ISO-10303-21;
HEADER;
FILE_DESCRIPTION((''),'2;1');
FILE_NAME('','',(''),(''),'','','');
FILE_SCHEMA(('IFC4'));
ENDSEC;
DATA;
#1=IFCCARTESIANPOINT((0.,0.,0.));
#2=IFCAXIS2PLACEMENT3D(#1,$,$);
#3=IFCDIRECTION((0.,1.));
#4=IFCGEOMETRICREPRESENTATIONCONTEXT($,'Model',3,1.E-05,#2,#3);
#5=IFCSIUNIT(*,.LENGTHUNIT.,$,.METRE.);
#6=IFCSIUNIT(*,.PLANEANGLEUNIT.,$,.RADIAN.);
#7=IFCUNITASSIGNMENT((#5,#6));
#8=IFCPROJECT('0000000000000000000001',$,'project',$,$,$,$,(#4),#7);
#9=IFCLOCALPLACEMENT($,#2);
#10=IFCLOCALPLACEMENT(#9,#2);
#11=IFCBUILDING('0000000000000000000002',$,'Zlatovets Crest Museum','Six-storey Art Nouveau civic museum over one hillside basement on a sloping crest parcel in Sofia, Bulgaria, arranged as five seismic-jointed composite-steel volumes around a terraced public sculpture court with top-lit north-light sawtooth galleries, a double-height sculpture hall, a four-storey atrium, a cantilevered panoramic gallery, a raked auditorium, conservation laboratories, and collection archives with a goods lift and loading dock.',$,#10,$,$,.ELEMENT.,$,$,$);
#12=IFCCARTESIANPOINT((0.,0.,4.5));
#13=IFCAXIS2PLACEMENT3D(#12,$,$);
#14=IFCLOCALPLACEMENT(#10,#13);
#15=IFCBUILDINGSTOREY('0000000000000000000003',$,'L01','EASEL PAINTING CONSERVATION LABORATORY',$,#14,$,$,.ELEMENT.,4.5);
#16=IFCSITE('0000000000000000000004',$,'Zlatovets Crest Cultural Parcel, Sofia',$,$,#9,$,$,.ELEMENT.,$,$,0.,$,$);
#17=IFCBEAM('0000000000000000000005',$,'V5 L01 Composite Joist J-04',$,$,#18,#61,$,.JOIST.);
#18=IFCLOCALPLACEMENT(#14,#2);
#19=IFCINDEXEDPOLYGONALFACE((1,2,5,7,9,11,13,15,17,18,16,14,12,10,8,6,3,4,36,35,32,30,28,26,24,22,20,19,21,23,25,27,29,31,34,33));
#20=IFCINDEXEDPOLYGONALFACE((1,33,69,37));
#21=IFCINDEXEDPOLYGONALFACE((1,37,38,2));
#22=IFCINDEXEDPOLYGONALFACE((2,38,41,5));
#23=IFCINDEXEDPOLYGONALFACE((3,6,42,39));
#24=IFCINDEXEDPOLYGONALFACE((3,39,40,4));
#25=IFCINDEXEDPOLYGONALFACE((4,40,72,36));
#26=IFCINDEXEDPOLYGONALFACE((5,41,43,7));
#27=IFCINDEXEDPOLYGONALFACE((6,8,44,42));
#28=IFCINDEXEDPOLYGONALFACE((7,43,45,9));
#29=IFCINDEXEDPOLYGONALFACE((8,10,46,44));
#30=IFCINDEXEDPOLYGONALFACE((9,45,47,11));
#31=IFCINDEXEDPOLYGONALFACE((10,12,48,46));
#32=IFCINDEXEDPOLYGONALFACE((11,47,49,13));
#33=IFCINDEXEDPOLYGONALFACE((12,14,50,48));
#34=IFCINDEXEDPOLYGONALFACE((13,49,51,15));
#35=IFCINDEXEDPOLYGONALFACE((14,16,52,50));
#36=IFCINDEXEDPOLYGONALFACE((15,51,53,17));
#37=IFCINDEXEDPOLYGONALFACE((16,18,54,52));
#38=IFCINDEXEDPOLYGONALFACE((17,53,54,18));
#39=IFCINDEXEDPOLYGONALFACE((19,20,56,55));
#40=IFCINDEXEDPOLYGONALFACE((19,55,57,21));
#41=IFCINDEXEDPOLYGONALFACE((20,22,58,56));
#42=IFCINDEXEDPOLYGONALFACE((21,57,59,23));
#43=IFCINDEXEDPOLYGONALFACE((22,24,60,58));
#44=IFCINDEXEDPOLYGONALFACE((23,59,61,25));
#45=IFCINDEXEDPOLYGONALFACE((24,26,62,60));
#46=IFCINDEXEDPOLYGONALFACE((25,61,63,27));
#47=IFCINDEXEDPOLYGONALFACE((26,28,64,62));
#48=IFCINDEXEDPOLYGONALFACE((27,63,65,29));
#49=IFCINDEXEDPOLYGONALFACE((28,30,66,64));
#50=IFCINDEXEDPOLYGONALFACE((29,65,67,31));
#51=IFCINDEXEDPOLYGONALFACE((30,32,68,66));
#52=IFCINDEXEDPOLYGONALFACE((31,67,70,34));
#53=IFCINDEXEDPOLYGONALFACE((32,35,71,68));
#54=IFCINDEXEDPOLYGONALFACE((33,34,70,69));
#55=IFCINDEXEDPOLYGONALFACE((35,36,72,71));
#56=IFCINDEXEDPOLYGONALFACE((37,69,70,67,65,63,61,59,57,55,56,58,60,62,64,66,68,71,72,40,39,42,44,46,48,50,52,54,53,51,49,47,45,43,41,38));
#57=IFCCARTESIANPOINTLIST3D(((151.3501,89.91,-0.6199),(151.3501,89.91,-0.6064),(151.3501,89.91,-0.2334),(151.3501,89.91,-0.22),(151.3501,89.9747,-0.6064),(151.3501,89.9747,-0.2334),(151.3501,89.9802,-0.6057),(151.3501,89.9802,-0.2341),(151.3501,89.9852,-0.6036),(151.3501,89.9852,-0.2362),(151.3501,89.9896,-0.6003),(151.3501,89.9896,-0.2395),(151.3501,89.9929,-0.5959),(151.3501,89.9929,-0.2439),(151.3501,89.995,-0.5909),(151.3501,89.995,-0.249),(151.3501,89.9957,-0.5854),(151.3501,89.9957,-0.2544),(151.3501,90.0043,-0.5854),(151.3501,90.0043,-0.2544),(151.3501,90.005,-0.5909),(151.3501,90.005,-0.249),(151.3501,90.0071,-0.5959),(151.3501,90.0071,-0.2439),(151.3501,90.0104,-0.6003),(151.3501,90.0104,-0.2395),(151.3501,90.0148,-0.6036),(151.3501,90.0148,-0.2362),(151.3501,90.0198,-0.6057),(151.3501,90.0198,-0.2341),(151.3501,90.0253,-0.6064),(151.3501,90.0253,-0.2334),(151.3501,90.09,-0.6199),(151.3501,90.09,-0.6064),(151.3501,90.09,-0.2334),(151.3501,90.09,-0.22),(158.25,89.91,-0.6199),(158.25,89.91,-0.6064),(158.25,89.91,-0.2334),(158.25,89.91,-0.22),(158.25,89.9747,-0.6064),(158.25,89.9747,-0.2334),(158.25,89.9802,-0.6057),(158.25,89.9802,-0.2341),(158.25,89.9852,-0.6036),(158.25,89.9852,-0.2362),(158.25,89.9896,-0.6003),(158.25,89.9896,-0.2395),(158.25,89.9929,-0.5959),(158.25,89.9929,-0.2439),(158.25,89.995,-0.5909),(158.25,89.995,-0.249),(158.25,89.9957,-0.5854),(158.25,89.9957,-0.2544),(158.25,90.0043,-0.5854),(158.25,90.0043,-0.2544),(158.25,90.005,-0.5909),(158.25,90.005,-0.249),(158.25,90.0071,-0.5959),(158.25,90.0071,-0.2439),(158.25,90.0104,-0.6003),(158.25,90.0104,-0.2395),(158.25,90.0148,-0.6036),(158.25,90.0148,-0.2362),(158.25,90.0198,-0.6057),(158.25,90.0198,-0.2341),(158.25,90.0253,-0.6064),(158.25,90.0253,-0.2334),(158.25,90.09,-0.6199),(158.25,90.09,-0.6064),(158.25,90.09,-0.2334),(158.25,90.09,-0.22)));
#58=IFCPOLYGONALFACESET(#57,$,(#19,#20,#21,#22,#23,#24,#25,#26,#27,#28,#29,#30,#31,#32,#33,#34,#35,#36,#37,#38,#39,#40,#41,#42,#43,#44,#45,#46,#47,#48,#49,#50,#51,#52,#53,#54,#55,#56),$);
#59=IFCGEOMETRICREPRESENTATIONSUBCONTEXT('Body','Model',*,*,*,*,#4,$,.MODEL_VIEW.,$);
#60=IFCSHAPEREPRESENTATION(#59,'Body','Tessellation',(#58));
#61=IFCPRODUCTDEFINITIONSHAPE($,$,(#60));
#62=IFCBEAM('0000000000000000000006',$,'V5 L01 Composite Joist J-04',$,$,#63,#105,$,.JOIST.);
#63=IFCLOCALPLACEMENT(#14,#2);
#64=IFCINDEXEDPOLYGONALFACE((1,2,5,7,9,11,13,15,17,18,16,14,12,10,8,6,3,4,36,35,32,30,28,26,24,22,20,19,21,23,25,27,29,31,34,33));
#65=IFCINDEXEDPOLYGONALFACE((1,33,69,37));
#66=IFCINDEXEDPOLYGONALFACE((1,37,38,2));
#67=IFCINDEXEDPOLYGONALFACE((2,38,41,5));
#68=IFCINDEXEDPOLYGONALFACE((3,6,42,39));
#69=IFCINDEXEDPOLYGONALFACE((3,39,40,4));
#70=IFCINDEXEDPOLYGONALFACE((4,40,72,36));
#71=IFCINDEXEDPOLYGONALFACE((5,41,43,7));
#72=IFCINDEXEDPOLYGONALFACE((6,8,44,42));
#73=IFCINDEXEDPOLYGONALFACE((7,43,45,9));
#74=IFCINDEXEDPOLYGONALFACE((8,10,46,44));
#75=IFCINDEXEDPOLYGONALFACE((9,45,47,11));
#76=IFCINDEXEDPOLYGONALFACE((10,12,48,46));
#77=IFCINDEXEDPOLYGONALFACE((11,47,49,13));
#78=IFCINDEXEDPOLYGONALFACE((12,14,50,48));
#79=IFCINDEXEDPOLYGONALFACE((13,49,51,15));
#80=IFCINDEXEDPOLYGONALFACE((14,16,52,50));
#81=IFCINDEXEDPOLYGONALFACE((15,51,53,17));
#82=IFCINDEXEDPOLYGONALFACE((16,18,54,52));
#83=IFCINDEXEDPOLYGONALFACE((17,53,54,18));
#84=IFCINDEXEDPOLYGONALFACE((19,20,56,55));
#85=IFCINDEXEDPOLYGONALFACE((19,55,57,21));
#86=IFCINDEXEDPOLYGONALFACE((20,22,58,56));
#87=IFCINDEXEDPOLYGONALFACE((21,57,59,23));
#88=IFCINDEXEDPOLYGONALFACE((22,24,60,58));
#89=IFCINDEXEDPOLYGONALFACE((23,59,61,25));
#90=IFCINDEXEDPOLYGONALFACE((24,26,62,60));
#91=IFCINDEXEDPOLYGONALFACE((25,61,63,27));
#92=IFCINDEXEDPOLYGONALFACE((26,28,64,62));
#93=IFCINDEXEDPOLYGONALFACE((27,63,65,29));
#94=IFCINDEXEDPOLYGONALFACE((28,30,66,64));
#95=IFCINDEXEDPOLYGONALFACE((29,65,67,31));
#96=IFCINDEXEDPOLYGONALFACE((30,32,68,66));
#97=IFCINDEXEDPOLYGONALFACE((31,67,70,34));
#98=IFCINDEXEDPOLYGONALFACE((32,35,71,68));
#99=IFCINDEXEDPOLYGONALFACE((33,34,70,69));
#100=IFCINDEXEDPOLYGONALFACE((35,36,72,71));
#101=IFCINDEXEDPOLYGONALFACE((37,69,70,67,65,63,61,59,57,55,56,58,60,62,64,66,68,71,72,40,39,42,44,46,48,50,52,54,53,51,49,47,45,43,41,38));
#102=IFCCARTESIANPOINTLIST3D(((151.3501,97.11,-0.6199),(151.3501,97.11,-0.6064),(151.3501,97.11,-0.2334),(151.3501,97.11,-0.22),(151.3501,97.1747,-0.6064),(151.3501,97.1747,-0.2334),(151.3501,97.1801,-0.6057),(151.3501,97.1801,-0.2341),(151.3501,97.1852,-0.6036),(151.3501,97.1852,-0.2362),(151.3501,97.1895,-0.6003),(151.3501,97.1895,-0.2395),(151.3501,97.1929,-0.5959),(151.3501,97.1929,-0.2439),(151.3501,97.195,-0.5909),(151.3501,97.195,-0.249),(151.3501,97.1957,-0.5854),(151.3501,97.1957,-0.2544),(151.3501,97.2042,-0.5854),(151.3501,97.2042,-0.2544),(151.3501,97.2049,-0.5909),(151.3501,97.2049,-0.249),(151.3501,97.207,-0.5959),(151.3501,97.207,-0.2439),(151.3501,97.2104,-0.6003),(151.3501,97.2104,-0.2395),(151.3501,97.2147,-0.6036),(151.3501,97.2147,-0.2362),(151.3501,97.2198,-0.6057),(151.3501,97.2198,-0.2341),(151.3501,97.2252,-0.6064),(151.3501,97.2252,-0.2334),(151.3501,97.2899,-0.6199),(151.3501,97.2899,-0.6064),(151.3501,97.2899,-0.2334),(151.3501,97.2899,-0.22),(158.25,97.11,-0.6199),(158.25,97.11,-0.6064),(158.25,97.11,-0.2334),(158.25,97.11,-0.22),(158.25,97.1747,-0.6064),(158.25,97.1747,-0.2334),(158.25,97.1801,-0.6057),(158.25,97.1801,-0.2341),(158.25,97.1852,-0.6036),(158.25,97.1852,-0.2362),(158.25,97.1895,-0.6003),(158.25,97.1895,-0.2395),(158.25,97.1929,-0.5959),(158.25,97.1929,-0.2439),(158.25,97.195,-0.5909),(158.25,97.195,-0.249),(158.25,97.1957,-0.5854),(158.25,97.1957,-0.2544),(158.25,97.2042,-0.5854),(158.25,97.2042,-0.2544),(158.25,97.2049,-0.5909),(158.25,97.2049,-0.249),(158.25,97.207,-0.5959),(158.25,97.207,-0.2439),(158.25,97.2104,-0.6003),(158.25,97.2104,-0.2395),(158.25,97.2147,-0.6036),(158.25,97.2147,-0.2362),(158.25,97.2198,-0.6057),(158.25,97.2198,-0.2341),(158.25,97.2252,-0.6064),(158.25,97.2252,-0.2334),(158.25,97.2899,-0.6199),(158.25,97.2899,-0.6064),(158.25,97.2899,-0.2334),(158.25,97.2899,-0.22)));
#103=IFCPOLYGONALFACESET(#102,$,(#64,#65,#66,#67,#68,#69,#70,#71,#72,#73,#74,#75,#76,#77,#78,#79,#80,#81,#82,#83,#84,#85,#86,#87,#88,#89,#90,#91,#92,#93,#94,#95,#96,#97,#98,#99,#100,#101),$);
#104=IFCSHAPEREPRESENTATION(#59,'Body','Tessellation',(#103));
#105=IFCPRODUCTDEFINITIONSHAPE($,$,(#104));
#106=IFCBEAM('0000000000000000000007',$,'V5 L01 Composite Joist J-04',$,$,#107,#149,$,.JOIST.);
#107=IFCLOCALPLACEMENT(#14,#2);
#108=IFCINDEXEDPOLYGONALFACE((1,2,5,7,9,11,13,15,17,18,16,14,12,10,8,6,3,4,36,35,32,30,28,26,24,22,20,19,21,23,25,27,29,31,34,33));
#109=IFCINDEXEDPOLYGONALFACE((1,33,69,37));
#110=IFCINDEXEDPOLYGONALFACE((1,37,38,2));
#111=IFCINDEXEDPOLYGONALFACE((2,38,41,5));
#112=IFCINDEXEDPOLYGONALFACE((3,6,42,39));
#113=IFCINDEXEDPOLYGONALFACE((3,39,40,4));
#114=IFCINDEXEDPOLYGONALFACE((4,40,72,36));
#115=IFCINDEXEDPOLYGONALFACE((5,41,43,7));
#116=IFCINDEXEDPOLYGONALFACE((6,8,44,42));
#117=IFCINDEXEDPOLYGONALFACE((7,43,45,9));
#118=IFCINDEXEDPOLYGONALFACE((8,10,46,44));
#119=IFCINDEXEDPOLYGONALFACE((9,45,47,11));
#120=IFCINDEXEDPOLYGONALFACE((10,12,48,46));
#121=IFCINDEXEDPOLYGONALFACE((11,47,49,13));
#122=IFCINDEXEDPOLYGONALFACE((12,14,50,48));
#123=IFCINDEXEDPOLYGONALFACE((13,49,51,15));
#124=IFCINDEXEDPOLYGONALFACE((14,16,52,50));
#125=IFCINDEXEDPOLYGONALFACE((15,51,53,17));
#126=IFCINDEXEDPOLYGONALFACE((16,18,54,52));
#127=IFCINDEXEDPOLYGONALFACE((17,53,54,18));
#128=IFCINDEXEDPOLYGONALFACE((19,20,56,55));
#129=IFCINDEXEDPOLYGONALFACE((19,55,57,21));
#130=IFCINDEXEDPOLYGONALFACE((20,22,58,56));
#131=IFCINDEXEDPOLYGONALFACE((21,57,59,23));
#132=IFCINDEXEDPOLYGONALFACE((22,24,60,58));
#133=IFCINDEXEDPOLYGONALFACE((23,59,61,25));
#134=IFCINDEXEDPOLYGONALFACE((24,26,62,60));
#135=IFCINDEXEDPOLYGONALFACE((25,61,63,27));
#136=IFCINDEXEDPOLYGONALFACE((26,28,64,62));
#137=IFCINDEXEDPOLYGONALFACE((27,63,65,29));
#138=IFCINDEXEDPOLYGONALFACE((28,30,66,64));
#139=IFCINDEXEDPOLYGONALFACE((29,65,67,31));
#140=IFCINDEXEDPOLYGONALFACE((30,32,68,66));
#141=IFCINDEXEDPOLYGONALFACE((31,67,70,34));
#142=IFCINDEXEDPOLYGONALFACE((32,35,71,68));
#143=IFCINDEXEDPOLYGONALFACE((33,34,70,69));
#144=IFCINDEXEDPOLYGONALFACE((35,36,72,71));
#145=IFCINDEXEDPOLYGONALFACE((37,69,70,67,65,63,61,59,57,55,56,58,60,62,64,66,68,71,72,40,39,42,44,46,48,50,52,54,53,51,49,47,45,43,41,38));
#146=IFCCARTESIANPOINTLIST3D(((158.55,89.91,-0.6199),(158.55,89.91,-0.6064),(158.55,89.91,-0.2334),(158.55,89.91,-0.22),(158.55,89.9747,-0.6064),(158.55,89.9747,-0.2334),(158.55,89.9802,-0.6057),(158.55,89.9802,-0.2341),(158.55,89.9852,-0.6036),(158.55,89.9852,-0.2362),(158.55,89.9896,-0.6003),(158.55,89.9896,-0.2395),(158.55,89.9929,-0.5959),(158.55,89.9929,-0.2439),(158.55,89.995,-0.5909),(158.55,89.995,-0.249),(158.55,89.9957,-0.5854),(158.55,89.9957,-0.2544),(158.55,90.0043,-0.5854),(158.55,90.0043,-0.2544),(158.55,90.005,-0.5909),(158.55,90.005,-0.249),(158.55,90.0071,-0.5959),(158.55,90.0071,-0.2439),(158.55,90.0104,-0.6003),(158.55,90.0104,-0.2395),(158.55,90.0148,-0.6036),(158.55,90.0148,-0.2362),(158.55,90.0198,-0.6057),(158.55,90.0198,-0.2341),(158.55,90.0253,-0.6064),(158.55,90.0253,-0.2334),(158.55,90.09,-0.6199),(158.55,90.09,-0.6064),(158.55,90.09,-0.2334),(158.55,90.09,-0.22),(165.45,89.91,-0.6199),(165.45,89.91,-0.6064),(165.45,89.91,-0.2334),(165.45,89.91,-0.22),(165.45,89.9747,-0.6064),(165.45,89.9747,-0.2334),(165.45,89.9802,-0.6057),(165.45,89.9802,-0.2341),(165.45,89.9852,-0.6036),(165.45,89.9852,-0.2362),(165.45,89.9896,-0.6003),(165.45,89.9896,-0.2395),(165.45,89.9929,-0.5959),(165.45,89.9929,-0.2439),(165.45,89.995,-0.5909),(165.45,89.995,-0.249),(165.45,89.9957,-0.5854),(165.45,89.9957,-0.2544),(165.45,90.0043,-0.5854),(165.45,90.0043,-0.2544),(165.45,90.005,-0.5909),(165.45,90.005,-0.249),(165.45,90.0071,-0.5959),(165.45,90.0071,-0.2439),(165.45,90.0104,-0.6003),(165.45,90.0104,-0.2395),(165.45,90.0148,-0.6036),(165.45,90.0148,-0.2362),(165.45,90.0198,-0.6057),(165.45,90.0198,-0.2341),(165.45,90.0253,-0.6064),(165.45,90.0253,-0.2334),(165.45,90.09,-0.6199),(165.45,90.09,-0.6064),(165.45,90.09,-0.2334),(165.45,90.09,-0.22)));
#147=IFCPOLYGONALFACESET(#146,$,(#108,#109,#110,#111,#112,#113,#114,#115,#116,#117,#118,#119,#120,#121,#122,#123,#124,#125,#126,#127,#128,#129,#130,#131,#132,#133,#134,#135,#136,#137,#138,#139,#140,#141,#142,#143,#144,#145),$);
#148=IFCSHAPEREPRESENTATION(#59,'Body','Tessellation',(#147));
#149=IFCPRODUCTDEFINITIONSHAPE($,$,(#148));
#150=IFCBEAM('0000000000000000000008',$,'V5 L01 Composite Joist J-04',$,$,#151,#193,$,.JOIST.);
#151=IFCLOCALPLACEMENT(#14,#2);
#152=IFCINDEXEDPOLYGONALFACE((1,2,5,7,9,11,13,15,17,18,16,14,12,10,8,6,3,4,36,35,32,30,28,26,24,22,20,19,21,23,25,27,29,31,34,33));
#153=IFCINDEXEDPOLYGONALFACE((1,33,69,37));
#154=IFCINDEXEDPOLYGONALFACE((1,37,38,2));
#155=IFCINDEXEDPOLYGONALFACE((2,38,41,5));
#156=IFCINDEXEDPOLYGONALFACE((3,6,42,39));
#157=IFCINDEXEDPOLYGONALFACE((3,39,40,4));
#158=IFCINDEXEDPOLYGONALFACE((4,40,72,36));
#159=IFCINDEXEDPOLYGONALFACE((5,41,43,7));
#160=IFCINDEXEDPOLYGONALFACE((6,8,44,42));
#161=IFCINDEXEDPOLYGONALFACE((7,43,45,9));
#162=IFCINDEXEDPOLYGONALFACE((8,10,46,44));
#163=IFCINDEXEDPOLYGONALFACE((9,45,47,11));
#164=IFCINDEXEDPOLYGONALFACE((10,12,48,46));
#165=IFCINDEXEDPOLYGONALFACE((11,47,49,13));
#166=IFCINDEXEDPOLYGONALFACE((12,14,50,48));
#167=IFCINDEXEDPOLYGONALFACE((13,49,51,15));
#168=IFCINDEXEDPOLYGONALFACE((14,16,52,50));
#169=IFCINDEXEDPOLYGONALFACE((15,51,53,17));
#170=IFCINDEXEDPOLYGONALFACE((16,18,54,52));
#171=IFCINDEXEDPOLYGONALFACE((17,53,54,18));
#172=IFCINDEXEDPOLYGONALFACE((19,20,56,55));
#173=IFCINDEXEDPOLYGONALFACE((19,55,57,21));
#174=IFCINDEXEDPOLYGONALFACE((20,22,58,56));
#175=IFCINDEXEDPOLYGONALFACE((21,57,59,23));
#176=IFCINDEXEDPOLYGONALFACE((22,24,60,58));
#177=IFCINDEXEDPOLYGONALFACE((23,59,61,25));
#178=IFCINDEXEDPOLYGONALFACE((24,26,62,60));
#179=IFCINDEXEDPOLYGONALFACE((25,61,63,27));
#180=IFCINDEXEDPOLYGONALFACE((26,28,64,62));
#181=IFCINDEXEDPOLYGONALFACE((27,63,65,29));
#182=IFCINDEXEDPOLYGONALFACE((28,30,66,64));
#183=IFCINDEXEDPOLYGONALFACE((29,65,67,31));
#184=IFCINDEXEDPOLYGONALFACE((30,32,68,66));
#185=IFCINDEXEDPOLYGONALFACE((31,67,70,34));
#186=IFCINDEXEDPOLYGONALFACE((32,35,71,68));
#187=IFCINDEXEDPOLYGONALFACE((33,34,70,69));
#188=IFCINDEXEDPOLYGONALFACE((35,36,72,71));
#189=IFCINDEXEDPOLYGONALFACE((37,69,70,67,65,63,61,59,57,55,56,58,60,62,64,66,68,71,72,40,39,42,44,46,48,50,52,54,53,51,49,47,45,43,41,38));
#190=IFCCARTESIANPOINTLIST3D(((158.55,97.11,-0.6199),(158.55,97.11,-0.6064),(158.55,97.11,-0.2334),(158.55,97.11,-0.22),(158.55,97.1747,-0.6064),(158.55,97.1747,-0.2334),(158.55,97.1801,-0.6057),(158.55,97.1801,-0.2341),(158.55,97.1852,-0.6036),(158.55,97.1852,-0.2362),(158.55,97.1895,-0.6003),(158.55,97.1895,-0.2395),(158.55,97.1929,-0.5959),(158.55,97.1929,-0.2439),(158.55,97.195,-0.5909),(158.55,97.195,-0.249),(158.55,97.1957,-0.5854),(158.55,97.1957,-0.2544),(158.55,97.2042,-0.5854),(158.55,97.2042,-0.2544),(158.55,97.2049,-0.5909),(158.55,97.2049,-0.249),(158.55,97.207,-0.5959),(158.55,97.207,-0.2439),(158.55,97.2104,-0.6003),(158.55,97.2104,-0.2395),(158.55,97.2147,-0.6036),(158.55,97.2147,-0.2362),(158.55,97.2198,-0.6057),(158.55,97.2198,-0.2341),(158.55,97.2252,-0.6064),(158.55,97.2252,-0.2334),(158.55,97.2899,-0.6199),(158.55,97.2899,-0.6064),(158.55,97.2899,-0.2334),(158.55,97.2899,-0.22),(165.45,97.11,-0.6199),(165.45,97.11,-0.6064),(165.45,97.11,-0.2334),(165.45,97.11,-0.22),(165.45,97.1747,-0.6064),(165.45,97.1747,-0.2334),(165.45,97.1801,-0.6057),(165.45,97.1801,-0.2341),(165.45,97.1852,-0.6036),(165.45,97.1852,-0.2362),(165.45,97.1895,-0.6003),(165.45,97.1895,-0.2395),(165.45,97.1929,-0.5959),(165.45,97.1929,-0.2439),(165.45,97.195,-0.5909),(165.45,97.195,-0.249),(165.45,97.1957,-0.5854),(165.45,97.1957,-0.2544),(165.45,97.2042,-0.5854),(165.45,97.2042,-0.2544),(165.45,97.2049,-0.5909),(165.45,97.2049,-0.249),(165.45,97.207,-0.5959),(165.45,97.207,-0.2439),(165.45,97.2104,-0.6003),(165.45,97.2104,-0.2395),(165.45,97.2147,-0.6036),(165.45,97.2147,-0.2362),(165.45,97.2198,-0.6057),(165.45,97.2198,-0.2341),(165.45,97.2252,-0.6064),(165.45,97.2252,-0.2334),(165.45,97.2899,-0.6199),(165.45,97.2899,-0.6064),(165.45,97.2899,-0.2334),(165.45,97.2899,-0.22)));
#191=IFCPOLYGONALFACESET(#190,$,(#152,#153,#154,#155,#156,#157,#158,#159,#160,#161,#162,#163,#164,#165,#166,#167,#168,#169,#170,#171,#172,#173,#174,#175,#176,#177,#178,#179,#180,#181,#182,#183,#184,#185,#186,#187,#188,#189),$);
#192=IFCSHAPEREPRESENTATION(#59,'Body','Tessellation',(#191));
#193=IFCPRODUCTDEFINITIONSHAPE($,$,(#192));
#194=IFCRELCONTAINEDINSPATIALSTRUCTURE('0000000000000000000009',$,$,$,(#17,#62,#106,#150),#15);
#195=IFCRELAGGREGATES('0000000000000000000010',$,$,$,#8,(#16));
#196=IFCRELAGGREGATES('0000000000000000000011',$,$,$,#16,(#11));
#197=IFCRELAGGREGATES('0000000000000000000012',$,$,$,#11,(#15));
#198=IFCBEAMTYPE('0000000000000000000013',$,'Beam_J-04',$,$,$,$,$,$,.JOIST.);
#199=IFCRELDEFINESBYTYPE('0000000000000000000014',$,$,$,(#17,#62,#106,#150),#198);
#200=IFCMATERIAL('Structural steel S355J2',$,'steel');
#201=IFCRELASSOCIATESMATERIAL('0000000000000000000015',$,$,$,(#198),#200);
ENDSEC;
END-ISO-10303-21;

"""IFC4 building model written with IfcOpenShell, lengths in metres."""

from ifc_helpers import new_model, si_unit, direction, frame, origin, origin_2d, place, context, subcontext, project, spatial, i_section, extrude, material, material_profile, profile_set, type_object, element, save


model = new_model("IFC4")

# Units and contexts
model_context = context("Model", 3, precision=1e-05, world=origin(), true_north=direction((0.0, 1.0)))
body_context = subcontext(model_context, "Body", "Model", "MODEL_VIEW")
ifc_project = project(units=[si_unit("LENGTHUNIT", "METRE"), si_unit("PLANEANGLEUNIT", "RADIAN")], contexts=[model_context])

# Site, building, storey
site_placement = place(None, origin())
site = spatial("IfcSite", under=ifc_project, at=site_placement, Name="Zlatovets Crest Cultural Parcel, Sofia", CompositionType="ELEMENT", RefElevation=0.0)
building_placement = place(site_placement, origin())
building = spatial("IfcBuilding", under=site, at=building_placement, Name="Zlatovets Crest Museum", Description="Six-storey Art Nouveau civic museum over one hillside basement on a sloping crest parcel in Sofia, Bulgaria, arranged as five seismic-jointed composite-steel volumes around a terraced public sculpture court with top-lit north-light sawtooth galleries, a double-height sculpture hall, a four-storey atrium, a cantilevered panoramic gallery, a raked auditorium, conservation laboratories, and collection archives with a goods lift and loading dock.", CompositionType="ELEMENT")
storey_placement = place(building_placement, frame((0.0, 0.0, 4.5)))
storey = spatial("IfcBuildingStorey", under=building, at=storey_placement, Name="L01", Description="EASEL PAINTING CONSERVATION LABORATORY", CompositionType="ELEMENT", Elevation=4.5)

# Shared definitions
ifc_material_1 = material(Name="Structural steel S355J2", Category="steel")

# Beams
ifc_material_profile_1 = material_profile(ifc_material_1, i_section(OverallWidth=0.1799, OverallDepth=0.3999, WebThickness=0.0085, FlangeThickness=0.0134, FilletRadius=0.021, at=origin_2d()), Name="IPE 400")
ifc_profile_set_1 = profile_set([ifc_material_profile_1], Name="Structural steel S355J2")
beam_type_1 = type_object("IfcBeamType", Name="Beam_J-04", PredefinedType="JOIST", material=ifc_profile_set_1)
for number, where, z_axis, x_axis, name in (
    (1, (151.3501, 90.0, -0.4199), (1.0, 0.0, 0.0), (0.0, 1.0, 0.0), "V5 L01 Composite Joist J-04"),
    (2, (151.3501, 97.2, -0.4199), (1.0, 0.0, 0.0), (0.0, 1.0, 0.0), "V5 L01 Composite Joist J-04"),
    (3, (158.55, 90.0, -0.4199), (1.0, 0.0, 0.0), (0.0, 1.0, 0.0), "V5 L01 Composite Joist J-04"),
    (4, (158.55, 97.2, -0.4199), (1.0, 0.0, 0.0), (0.0, 1.0, 0.0), "V5 L01 Composite Joist J-04"),
):
    element("IfcBeam", number, at=place(storey_placement, frame(where, z_axis=z_axis, x_axis=x_axis)), inside=storey, type_object=beam_type_1, Name=name, PredefinedType="JOIST", context=body_context, shape_type="SweptSolid", body=[
        extrude(i_section(OverallWidth=0.1799, OverallDepth=0.3999, WebThickness=0.0085, FlangeThickness=0.0134, FilletRadius=0.021, at=origin_2d()), origin(), (0.0, 0.0, 1.0), 6.8999),
    ])

save(model, "model.ifc")
